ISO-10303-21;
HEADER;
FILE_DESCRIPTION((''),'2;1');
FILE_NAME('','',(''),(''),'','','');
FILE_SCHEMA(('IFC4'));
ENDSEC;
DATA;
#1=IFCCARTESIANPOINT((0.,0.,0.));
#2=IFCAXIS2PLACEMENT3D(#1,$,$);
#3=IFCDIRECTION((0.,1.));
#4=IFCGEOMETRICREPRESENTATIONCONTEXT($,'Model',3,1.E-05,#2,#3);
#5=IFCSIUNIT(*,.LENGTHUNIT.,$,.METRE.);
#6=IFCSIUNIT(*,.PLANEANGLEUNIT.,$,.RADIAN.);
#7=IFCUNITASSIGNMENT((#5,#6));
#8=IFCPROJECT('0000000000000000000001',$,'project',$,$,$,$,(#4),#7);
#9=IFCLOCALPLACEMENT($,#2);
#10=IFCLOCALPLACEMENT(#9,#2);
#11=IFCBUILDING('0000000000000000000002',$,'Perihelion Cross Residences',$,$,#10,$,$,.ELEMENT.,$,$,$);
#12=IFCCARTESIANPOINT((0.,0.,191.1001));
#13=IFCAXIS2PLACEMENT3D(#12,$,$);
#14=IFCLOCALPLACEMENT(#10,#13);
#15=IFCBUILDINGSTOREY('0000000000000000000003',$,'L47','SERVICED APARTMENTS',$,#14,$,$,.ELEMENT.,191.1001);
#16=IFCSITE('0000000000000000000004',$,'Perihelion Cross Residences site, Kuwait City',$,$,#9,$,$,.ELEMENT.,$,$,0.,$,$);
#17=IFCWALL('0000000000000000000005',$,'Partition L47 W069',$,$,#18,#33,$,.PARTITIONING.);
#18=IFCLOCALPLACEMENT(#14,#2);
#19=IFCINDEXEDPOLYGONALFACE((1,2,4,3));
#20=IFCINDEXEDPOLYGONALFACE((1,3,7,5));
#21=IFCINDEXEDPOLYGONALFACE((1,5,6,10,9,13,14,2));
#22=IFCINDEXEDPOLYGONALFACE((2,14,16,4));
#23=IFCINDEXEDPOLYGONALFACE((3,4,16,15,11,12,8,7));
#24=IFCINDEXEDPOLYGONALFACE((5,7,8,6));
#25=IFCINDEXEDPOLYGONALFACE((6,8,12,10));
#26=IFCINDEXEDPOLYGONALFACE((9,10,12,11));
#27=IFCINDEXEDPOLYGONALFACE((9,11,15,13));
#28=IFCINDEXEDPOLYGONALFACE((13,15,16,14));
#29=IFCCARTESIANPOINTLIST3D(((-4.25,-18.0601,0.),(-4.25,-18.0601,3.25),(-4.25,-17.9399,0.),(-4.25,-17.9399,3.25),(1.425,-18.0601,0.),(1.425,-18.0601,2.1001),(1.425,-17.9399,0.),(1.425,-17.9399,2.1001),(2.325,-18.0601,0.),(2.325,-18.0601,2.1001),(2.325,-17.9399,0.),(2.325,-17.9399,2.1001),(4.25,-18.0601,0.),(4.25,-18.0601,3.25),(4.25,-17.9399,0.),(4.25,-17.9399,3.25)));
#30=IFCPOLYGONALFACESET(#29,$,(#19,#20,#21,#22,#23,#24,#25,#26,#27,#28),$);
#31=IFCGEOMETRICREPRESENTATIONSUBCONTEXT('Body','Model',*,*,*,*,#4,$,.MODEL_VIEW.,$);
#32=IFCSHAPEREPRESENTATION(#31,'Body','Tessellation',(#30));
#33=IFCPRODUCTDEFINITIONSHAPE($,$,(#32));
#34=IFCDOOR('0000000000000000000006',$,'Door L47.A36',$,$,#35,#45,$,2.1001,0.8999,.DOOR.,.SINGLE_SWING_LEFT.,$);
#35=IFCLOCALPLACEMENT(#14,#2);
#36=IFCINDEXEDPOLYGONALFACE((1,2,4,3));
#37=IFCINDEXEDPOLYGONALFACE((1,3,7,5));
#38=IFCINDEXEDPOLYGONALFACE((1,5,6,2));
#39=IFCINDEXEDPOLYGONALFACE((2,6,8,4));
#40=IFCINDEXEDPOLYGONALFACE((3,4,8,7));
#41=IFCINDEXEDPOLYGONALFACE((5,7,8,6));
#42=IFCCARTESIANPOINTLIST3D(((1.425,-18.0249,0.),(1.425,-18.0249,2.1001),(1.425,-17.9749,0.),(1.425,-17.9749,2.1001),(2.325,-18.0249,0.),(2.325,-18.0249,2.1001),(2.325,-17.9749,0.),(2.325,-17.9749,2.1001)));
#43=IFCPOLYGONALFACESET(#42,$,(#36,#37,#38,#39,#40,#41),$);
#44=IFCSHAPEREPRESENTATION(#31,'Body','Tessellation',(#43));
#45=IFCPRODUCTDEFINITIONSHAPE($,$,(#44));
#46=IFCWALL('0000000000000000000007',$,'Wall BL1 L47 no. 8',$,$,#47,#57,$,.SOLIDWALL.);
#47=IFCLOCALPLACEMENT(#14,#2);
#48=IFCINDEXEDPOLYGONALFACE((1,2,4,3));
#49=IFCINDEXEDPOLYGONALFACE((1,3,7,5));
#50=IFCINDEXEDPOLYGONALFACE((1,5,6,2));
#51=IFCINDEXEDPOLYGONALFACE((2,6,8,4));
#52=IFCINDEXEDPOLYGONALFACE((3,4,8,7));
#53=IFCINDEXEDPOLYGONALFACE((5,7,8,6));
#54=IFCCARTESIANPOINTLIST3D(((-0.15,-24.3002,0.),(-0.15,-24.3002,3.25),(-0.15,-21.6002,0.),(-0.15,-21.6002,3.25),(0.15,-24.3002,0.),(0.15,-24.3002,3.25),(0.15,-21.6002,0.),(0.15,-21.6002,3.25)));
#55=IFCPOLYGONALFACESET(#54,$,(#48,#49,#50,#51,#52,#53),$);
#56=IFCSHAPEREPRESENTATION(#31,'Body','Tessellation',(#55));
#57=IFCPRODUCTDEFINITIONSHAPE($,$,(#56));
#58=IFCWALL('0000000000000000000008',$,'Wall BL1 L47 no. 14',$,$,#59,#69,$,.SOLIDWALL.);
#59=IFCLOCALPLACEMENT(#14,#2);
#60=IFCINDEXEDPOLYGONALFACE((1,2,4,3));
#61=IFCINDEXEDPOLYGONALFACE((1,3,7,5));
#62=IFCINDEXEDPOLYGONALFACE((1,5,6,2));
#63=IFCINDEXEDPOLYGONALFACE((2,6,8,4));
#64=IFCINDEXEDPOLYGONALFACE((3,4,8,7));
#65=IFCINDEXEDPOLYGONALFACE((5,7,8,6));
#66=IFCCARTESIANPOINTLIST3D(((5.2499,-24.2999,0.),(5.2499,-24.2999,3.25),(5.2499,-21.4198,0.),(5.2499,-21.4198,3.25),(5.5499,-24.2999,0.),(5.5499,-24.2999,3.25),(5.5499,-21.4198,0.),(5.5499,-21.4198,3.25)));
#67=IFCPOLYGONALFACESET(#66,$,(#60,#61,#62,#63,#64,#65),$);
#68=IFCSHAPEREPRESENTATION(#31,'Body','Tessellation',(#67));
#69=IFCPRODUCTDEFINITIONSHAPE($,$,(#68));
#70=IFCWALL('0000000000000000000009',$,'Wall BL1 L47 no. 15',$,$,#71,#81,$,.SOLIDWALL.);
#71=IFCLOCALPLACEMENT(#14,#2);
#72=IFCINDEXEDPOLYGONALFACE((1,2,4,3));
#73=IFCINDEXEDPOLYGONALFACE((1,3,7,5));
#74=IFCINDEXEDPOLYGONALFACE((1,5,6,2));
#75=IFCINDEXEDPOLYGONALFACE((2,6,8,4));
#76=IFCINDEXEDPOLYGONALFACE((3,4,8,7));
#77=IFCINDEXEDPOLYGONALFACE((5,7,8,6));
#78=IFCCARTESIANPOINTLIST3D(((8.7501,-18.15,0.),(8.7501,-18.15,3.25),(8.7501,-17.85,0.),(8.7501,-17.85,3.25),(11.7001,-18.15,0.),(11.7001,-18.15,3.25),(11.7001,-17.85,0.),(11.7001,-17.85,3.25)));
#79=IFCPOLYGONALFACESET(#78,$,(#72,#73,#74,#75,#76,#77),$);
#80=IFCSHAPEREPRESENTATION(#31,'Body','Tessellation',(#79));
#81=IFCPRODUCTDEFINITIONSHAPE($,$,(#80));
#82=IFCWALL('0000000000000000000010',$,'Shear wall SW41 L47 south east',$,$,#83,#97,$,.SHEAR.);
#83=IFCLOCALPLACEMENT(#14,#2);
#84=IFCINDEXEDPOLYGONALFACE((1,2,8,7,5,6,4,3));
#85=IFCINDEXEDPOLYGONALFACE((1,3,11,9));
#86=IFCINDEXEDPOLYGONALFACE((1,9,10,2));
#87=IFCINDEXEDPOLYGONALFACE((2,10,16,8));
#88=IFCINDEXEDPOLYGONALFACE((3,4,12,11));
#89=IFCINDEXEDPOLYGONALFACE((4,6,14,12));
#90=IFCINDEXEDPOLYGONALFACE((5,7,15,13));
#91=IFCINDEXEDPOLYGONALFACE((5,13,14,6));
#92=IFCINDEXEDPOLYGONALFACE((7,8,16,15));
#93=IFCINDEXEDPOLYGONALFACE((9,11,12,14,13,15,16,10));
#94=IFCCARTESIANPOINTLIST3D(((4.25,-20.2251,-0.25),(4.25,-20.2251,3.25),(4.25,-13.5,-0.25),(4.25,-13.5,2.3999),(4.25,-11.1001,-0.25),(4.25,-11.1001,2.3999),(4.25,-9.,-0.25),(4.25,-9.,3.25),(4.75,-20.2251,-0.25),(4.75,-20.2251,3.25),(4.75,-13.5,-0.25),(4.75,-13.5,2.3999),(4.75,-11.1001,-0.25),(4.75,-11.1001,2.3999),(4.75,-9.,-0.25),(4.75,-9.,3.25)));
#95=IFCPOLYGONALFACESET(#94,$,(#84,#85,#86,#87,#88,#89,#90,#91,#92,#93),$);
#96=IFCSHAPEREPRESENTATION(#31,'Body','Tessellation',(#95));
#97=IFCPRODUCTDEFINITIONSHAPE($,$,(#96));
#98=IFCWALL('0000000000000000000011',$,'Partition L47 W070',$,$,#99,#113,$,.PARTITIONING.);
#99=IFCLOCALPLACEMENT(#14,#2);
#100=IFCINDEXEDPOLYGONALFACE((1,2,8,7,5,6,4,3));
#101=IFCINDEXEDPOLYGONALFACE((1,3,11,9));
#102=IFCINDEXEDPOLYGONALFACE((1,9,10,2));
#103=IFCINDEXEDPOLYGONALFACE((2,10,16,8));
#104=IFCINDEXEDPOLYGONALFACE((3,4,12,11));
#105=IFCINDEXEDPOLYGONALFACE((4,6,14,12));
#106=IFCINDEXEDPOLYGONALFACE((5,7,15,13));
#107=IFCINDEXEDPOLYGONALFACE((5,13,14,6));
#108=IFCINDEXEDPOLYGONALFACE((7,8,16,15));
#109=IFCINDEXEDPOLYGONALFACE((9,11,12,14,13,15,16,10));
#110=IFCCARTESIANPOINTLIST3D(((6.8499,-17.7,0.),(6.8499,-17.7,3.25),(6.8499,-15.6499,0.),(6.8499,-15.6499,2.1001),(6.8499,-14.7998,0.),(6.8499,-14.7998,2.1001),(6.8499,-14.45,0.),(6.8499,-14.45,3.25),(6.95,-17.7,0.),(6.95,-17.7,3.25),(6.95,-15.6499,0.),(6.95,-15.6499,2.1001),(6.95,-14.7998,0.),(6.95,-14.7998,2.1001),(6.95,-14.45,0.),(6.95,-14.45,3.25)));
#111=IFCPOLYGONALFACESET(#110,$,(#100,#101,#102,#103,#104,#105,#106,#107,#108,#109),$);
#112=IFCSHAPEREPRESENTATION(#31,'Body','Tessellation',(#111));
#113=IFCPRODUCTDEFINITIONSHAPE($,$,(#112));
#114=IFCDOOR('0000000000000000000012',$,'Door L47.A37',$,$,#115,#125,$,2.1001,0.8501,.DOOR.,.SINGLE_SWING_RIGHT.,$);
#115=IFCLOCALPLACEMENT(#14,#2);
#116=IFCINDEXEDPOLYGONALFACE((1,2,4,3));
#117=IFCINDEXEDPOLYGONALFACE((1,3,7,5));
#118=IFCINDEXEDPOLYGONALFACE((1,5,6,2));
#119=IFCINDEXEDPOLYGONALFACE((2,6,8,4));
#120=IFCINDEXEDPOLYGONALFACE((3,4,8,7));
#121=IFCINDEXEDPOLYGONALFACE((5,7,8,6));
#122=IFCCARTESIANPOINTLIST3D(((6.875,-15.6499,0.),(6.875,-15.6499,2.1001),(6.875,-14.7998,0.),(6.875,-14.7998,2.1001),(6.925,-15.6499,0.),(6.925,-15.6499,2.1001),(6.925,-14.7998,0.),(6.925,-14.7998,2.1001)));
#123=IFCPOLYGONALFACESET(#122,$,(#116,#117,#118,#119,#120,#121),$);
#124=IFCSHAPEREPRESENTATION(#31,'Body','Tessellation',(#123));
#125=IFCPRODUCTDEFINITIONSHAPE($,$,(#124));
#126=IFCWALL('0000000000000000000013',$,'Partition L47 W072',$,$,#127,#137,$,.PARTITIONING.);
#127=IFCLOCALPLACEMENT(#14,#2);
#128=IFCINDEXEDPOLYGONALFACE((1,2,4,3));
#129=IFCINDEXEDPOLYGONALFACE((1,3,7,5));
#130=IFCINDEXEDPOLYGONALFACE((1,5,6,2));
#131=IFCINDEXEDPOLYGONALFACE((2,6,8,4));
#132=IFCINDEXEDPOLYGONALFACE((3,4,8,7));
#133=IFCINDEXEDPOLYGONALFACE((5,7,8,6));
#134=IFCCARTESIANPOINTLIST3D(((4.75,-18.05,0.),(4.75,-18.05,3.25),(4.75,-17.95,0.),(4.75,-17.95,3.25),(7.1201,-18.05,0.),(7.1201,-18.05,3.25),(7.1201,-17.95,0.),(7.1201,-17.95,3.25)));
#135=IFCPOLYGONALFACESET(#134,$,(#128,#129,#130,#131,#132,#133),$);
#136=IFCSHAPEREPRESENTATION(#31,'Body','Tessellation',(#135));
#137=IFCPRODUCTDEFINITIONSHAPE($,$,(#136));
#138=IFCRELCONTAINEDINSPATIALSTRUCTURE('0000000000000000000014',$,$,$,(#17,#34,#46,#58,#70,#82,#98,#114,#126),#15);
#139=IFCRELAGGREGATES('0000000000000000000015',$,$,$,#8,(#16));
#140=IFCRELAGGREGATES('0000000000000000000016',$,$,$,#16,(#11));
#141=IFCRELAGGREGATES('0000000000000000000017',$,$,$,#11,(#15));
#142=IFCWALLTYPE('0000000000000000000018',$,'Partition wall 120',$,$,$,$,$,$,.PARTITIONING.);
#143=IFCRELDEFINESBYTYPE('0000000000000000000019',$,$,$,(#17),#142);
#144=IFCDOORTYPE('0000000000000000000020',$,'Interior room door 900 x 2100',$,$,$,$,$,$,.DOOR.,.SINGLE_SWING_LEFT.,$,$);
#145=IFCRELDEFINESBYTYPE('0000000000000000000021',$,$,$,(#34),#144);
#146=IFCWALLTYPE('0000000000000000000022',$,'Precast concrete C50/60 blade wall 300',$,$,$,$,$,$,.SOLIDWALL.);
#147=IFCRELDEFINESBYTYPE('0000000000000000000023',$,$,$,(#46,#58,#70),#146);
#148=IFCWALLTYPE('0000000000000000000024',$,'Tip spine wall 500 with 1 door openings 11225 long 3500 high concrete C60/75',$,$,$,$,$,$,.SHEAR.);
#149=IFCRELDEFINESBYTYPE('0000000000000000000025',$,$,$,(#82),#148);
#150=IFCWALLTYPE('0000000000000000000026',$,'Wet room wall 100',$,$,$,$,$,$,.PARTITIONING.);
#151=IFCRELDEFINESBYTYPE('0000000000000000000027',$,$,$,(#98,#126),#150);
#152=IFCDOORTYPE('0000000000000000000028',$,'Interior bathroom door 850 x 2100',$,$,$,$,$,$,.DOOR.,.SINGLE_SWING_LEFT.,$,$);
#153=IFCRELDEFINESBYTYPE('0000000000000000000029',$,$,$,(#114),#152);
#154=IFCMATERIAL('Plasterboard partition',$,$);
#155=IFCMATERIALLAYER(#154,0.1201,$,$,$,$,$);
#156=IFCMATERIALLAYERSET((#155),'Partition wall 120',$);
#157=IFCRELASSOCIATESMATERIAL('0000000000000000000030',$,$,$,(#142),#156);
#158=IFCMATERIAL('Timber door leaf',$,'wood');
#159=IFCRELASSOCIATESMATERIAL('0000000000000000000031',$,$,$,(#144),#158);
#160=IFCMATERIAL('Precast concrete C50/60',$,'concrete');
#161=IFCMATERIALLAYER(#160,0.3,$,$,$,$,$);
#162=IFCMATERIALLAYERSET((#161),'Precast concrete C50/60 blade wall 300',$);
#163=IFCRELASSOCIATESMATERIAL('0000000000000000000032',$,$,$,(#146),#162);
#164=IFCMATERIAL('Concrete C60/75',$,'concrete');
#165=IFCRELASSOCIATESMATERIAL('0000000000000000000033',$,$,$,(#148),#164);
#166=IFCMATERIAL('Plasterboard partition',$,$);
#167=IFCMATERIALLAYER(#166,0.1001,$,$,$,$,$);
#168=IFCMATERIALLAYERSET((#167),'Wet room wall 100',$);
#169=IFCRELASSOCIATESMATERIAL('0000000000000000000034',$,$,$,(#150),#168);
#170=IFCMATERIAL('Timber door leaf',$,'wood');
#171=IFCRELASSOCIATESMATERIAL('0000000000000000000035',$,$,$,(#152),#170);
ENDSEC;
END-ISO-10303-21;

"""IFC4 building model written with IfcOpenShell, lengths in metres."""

from ifc_helpers import new_model, si_unit, direction, frame, frame_2d, origin, place, context, subcontext, project, spatial, polyline, rectangle, outline, extrude, material, layer, layer_set, material_profile, profile_set, type_object, element, fill, save


model = new_model("IFC4")

# Units and contexts
model_context = context("Model", 3, precision=1e-05, world=origin(), true_north=direction((0.0, 1.0)))
body_context = subcontext(model_context, "Body", "Model", "MODEL_VIEW")
ifc_project = project(units=[si_unit("LENGTHUNIT", "METRE"), si_unit("PLANEANGLEUNIT", "RADIAN")], contexts=[model_context])

# Site, building, storey
site_placement = place(None, origin())
site = spatial("IfcSite", under=ifc_project, at=site_placement, Name="Perihelion Cross Residences site, Kuwait City", CompositionType="ELEMENT", RefElevation=0.0)
building_placement = place(site_placement, origin())
building = spatial("IfcBuilding", under=site, at=building_placement, Name="Perihelion Cross Residences", CompositionType="ELEMENT")
storey_placement = place(building_placement, frame((0.0, 0.0, 191.1001)))
storey = spatial("IfcBuildingStorey", under=building, at=storey_placement, Name="L47", Description="SERVICED APARTMENTS", CompositionType="ELEMENT", Elevation=191.1001)

# Wall, opening, door
ifc_material_1 = material(Name="Plasterboard partition")
ifc_layer_1 = layer(ifc_material_1, 0.1201)
ifc_layer_set_1 = layer_set([ifc_layer_1], Name="Partition wall 120")
wall_type_1 = type_object("IfcWallType", Name="Partition wall 120", PredefinedType="PARTITIONING", material=ifc_layer_set_1)
wall_1_placement = place(storey_placement, frame((4.25, -18.0, 0.0), z_axis=(0.0, 0.0, 1.0), x_axis=(-1.0, 0.0, 0.0)))
wall_1 = element("IfcWall", 1, at=wall_1_placement, inside=storey, type_object=wall_type_1, Name="Partition L47 W069", PredefinedType="PARTITIONING", context=body_context, shape_type="SweptSolid", body=[
    extrude(rectangle(XDim=8.5, YDim=0.1201, at=frame_2d((4.25, 0.0))), origin(), (0.0, 0.0, 1.0), 3.25),
])
opening_1_placement = place(wall_1_placement, frame((1.925, 0.0, 0.0)))
opening_1 = element("IfcOpeningElement", 2, at=opening_1_placement, cuts=wall_1, PredefinedType="OPENING", context=body_context, shape_type="SweptSolid", body=[
    extrude(rectangle(XDim=0.8999, YDim=2.1001, at=frame_2d((0.45, 1.05))), frame((0.0, 0.0701, 0.0), z_axis=(0.0, -1.0, 0.0), x_axis=(1.0, 0.0, 0.0)), (0.0, 0.0, 1.0), 0.1401),
])
ifc_material_2 = material(Name="Timber door leaf", Category="wood")
door_type_1 = type_object("IfcDoorType", Name="Interior room door 900 x 2100", OperationType="SINGLE_SWING_LEFT", PredefinedType="DOOR", material=ifc_material_2)
door_1_placement = place(opening_1_placement, origin())
door_1 = element("IfcDoor", 3, at=door_1_placement, inside=storey, type_object=door_type_1, Name="Door L47.A36", OperationType="SINGLE_SWING_LEFT", OverallHeight=2.1001, OverallWidth=0.8999, PredefinedType="DOOR", context=body_context, shape_type="SweptSolid", body=[
    extrude(rectangle(XDim=0.8999, YDim=2.1001, at=frame_2d((0.45, 1.05))), frame((0.0, 0.0249, 0.0), z_axis=(0.0, -1.0, 0.0), x_axis=(1.0, 0.0, 0.0)), (0.0, 0.0, 1.0), 0.05),
])
fill(opening_1, door_1)

# Walls
ifc_material_3 = material(Name="Precast concrete C50/60", Category="concrete")
ifc_layer_2 = layer(ifc_material_3, 0.3)
ifc_layer_set_2 = layer_set([ifc_layer_2], Name="Precast concrete C50/60 blade wall 300")
wall_type_2 = type_object("IfcWallType", Name="Precast concrete C50/60 blade wall 300", PredefinedType="SOLIDWALL", material=ifc_layer_set_2)
wall_2_placement = place(storey_placement, frame((0.0, -21.6001, 0.0), z_axis=(0.0, 0.0, 1.0), x_axis=(0.0, -1.0, 0.0)))
element("IfcWall", 4, at=wall_2_placement, inside=storey, type_object=wall_type_2, Name="Wall BL1 L47 no. 8", PredefinedType="SOLIDWALL", context=body_context, shape_type="SweptSolid", body=[
    extrude(rectangle(XDim=2.7, YDim=0.3, at=frame_2d((1.3501, 0.0))), origin(), (0.0, 0.0, 1.0), 3.25),
])
wall_3_placement = place(storey_placement, frame((5.3999, -21.4199, 0.0), z_axis=(0.0, 0.0, 1.0), x_axis=(0.0, -1.0, 0.0)))
element("IfcWall", 5, at=wall_3_placement, inside=storey, type_object=wall_type_2, Name="Wall BL1 L47 no. 14", PredefinedType="SOLIDWALL", context=body_context, shape_type="SweptSolid", body=[
    extrude(rectangle(XDim=2.8801, YDim=0.3, at=frame_2d((1.4399, 0.0))), origin(), (0.0, 0.0, 1.0), 3.25),
])
wall_4_placement = place(storey_placement, frame((8.75, -18.0, 0.0), z_axis=(0.0, 0.0, 1.0), x_axis=(1.0, 0.0, 0.0)))
element("IfcWall", 6, at=wall_4_placement, inside=storey, type_object=wall_type_2, Name="Wall BL1 L47 no. 15", PredefinedType="SOLIDWALL", context=body_context, shape_type="SweptSolid", body=[
    extrude(rectangle(XDim=2.95, YDim=0.3, at=frame_2d((1.4751, 0.0))), origin(), (0.0, 0.0, 1.0), 3.25),
])
ifc_material_4 = material(Name="Concrete C60/75", Category="concrete")
ifc_material_profile_1 = material_profile(ifc_material_4, outline(polyline([(0.0, 0.0), (6.7251, 0.0), (6.7251, 2.6499), (9.125, 2.6499), (9.125, 0.0), (11.2251, 0.0), (11.2251, 3.5), (0.0, 3.5), (0.0, 0.0)])), Name="Tip spine wall")
ifc_profile_set_1 = profile_set([ifc_material_profile_1], Name="Concrete C60/75")
wall_type_3 = type_object("IfcWallType", Name="Tip spine wall 500 with 1 door openings 11225 long 3500 high concrete C60/75", PredefinedType="SHEAR", material=ifc_profile_set_1)
wall_5_placement = place(storey_placement, frame((4.25, -20.2251, -0.25), z_axis=(1.0, 0.0, 0.0), x_axis=(0.0, 1.0, 0.0)))
element("IfcWall", 7, at=wall_5_placement, inside=storey, type_object=wall_type_3, Name="Shear wall SW41 L47 south east", PredefinedType="SHEAR", context=body_context, shape_type="SweptSolid", body=[
    extrude(outline(polyline([(0.0, 0.0), (6.7251, 0.0), (6.7251, 2.6499), (9.125, 2.6499), (9.125, 0.0), (11.2251, 0.0), (11.2251, 3.5), (0.0, 3.5), (0.0, 0.0)])), origin(), (0.0, 0.0, 1.0), 0.5),
])

# Wall, opening, door
ifc_material_5 = material(Name="Plasterboard partition")
ifc_layer_3 = layer(ifc_material_5, 0.1001)
ifc_layer_set_3 = layer_set([ifc_layer_3], Name="Wet room wall 100")
wall_type_4 = type_object("IfcWallType", Name="Wet room wall 100", PredefinedType="PARTITIONING", material=ifc_layer_set_3)
wall_6_placement = place(storey_placement, frame((6.8999, -17.7, 0.0), z_axis=(0.0, 0.0, 1.0), x_axis=(0.0, 1.0, 0.0)))
wall_6 = element("IfcWall", 8, at=wall_6_placement, inside=storey, type_object=wall_type_4, Name="Partition L47 W070", PredefinedType="PARTITIONING", context=body_context, shape_type="SweptSolid", body=[
    extrude(rectangle(XDim=3.25, YDim=0.1001, at=frame_2d((1.625, 0.0))), origin(), (0.0, 0.0, 1.0), 3.25),
])
opening_2_placement = place(wall_6_placement, frame((2.05, 0.0, 0.0)))
opening_2 = element("IfcOpeningElement", 9, at=opening_2_placement, cuts=wall_6, PredefinedType="OPENING", context=body_context, shape_type="SweptSolid", body=[
    extrude(rectangle(XDim=0.8501, YDim=2.1001, at=frame_2d((0.425, 1.05))), frame((0.0, 0.0601, 0.0), z_axis=(0.0, -1.0, 0.0), x_axis=(1.0, 0.0, 0.0)), (0.0, 0.0, 1.0), 0.1201),
])
ifc_material_6 = material(Name="Timber door leaf", Category="wood")
door_type_2 = type_object("IfcDoorType", Name="Interior bathroom door 850 x 2100", OperationType="SINGLE_SWING_LEFT", PredefinedType="DOOR", material=ifc_material_6)
door_2_placement = place(opening_2_placement, origin())
door_2 = element("IfcDoor", 10, at=door_2_placement, inside=storey, type_object=door_type_2, Name="Door L47.A37", OperationType="SINGLE_SWING_RIGHT", OverallHeight=2.1001, OverallWidth=0.8501, PredefinedType="DOOR", context=body_context, shape_type="SweptSolid", body=[
    extrude(rectangle(XDim=0.8501, YDim=2.1001, at=frame_2d((0.425, 1.05))), frame((0.0, 0.0249, 0.0), z_axis=(0.0, -1.0, 0.0), x_axis=(1.0, 0.0, 0.0)), (0.0, 0.0, 1.0), 0.05),
])
fill(opening_2, door_2)

# Wall
wall_7_placement = place(storey_placement, frame((7.1201, -18.0, 0.0), z_axis=(0.0, 0.0, 1.0), x_axis=(-1.0, 0.0, 0.0)))
element("IfcWall", 11, at=wall_7_placement, inside=storey, type_object=wall_type_4, Name="Partition L47 W072", PredefinedType="PARTITIONING", context=body_context, shape_type="SweptSolid", body=[
    extrude(rectangle(XDim=2.3701, YDim=0.1001, at=frame_2d((1.1851, 0.0))), origin(), (0.0, 0.0, 1.0), 3.25),
])

save(model, "model.ifc")
